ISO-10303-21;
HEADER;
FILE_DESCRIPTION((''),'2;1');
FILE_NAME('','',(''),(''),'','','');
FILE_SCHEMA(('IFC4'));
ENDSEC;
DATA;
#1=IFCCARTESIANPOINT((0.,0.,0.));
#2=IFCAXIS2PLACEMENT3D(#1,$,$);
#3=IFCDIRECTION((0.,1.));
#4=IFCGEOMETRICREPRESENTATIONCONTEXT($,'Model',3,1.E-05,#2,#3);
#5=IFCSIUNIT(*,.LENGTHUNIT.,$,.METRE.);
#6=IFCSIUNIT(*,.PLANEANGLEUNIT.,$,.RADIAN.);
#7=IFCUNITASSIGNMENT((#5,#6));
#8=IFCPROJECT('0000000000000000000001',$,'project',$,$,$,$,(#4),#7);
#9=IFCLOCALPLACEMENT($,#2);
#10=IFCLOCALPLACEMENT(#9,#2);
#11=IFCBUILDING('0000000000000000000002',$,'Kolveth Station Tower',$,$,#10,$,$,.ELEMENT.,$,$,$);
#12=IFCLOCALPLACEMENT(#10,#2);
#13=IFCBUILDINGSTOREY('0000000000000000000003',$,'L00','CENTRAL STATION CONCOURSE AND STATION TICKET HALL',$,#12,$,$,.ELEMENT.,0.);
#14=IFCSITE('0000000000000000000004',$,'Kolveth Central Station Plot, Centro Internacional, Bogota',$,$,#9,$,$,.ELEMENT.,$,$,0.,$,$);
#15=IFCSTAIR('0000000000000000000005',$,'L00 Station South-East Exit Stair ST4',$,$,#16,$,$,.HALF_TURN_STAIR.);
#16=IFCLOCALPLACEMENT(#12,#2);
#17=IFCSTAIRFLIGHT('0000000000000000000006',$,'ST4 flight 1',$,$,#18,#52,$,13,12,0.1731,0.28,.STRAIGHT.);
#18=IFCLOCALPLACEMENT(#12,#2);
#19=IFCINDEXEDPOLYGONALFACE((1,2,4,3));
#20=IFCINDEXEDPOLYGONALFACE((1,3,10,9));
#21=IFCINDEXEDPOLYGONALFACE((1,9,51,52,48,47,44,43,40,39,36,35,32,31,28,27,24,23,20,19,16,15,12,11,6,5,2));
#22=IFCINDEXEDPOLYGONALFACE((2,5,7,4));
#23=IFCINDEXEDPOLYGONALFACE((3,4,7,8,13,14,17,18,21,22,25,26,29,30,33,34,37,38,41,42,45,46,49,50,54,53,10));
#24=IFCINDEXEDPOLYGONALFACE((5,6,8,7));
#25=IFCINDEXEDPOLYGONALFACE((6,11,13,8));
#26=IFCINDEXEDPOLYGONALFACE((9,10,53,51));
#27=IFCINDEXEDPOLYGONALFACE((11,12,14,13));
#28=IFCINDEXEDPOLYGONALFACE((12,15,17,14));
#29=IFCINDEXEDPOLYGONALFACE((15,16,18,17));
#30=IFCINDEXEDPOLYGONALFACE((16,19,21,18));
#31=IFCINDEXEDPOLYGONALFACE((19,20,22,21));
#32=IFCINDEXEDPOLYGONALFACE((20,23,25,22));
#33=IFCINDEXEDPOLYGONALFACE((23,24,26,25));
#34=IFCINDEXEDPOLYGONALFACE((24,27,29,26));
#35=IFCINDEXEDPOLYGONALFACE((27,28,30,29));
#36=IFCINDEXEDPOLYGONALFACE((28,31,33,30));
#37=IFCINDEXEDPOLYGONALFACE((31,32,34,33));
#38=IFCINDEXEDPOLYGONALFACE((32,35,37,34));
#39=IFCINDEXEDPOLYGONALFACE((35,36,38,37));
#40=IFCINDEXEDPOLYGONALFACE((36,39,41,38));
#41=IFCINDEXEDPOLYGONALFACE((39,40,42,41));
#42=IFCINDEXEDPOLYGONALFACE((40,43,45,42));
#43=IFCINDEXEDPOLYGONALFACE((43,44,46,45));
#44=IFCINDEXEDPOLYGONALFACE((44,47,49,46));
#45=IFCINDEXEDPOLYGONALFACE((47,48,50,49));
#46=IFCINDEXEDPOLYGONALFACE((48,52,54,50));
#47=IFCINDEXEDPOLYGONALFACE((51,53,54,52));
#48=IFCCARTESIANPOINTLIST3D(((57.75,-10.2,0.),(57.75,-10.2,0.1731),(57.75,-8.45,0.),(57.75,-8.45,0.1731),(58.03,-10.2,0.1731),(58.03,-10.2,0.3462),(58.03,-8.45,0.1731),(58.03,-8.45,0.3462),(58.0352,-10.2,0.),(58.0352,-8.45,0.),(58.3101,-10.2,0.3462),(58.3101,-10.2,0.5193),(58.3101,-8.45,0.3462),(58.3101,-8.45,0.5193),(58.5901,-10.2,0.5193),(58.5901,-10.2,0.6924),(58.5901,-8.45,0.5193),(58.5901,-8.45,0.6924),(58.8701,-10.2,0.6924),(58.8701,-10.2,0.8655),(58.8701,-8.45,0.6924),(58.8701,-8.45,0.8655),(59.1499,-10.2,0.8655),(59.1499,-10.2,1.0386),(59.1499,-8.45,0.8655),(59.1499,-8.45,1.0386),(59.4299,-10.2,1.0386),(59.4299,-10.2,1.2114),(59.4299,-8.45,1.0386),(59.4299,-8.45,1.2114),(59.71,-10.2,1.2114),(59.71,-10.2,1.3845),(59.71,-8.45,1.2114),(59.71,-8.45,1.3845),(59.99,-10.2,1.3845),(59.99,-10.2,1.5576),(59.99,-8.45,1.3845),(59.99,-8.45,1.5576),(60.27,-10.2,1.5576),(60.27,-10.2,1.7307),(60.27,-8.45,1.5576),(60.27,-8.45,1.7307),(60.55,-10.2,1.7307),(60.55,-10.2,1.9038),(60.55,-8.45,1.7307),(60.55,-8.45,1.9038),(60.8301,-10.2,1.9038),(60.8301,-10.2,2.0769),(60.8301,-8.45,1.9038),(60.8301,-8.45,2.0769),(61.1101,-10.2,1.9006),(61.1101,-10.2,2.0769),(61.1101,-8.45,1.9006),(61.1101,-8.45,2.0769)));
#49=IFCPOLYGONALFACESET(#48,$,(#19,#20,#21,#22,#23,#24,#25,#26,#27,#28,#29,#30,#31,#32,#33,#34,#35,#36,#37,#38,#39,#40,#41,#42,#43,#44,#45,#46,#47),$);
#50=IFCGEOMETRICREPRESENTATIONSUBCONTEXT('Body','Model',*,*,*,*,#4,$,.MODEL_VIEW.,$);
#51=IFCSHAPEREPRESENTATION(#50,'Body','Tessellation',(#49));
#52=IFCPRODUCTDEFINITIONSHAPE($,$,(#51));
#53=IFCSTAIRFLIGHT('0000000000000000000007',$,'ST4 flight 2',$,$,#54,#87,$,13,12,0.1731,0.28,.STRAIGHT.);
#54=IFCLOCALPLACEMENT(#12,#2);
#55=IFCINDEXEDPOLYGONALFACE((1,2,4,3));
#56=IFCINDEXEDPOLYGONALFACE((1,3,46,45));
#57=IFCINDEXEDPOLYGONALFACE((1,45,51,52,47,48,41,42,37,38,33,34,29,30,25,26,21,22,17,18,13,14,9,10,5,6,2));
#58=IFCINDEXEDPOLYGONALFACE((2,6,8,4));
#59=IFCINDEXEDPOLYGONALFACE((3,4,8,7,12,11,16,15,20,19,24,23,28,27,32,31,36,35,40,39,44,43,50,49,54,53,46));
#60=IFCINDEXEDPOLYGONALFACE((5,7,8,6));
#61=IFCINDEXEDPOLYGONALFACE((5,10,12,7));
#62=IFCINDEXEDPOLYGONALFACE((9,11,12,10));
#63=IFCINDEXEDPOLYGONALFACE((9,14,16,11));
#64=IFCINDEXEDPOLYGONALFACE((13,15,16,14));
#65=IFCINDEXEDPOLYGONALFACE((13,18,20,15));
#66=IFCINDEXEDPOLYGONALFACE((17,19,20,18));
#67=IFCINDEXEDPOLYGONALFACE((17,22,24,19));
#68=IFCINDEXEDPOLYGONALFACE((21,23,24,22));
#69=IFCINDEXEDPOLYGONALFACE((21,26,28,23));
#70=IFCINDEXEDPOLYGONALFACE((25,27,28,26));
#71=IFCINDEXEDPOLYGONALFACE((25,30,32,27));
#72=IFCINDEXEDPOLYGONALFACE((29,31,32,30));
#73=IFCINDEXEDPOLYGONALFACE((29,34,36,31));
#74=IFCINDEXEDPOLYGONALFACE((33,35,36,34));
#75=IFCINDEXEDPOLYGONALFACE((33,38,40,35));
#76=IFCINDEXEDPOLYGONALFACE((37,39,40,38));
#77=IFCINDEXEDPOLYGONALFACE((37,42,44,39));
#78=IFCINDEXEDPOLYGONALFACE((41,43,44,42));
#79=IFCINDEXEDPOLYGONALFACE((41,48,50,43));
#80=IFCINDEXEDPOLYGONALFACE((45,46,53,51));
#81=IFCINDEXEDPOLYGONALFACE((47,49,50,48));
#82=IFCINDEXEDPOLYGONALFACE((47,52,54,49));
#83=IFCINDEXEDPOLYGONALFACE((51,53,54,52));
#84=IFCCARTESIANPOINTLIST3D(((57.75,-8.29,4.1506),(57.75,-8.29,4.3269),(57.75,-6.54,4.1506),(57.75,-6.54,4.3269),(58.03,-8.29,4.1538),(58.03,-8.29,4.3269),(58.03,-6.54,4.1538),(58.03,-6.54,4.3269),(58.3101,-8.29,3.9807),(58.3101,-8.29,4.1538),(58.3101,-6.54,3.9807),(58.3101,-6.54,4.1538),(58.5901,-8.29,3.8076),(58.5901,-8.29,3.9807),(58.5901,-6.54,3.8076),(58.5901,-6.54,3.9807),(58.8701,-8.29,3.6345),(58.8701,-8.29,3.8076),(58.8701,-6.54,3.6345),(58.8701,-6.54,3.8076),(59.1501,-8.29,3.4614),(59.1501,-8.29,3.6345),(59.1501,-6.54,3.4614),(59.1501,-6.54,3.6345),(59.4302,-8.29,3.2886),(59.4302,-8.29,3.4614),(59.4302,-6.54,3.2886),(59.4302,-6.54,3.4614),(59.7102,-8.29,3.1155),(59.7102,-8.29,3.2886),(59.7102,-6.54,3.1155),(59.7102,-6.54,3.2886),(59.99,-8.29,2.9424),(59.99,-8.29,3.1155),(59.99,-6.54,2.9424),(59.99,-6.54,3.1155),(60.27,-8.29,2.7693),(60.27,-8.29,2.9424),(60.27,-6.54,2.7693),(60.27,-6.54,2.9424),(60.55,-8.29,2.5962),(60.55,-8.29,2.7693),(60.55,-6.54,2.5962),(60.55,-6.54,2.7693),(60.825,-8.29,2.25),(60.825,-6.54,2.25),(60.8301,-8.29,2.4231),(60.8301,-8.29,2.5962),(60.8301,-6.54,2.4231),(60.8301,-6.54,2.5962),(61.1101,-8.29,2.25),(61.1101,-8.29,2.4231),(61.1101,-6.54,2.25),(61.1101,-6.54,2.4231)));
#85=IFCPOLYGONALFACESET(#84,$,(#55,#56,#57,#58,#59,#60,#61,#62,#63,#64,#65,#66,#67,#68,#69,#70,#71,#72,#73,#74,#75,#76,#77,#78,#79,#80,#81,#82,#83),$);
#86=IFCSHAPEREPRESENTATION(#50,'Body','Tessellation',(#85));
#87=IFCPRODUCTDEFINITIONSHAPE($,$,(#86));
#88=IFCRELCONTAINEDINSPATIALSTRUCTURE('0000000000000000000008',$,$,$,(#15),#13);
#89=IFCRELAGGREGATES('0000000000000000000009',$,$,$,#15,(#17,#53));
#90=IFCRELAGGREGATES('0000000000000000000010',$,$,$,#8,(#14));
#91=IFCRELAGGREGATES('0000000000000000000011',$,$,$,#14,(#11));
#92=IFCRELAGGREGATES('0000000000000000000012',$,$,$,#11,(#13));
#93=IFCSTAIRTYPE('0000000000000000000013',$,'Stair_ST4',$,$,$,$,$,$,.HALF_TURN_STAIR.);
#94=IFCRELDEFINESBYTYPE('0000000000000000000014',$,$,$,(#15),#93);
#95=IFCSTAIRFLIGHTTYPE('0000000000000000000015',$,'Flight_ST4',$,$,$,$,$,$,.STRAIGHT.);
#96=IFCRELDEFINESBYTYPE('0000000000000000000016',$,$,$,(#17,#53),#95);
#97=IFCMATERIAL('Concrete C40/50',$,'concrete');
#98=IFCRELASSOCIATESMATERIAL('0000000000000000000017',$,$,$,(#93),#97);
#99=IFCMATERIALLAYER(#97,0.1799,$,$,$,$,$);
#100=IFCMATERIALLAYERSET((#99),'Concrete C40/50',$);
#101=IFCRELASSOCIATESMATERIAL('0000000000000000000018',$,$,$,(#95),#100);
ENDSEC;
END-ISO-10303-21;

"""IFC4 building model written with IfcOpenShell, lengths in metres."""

from ifc_helpers import new_model, si_unit, direction, frame, origin, place, context, subcontext, project, spatial, polyline, outline, extrude, material, layer, layer_set, type_object, element, aggregate, save


model = new_model("IFC4")

# Units and contexts
model_context = context("Model", 3, precision=1e-05, world=origin(), true_north=direction((0.0, 1.0)))
body_context = subcontext(model_context, "Body", "Model", "MODEL_VIEW")
ifc_project = project(units=[si_unit("LENGTHUNIT", "METRE"), si_unit("PLANEANGLEUNIT", "RADIAN")], contexts=[model_context])

# Site, building, storey
site_placement = place(None, origin())
site = spatial("IfcSite", under=ifc_project, at=site_placement, Name="Kolveth Central Station Plot, Centro Internacional, Bogota", CompositionType="ELEMENT", RefElevation=0.0)
building_placement = place(site_placement, origin())
building = spatial("IfcBuilding", under=site, at=building_placement, Name="Kolveth Station Tower", CompositionType="ELEMENT")
storey_placement = place(building_placement, origin())
storey = spatial("IfcBuildingStorey", under=building, at=storey_placement, Name="L00", Description="CENTRAL STATION CONCOURSE AND STATION TICKET HALL", CompositionType="ELEMENT", Elevation=0.0)

# Shared definitions
ifc_material_1 = material(Name="Concrete C40/50", Category="concrete")

# Stair, stair flights
stair_type = type_object("IfcStairType", Name="Stair_ST4", PredefinedType="HALF_TURN_STAIR", material=ifc_material_1)
stair_placement = place(storey_placement, origin())
stair = element("IfcStair", 1, at=stair_placement, inside=storey, type_object=stair_type, Name="L00 Station South-East Exit Stair ST4", PredefinedType="HALF_TURN_STAIR")
ifc_layer_1 = layer(ifc_material_1, 0.1799)
ifc_layer_set_1 = layer_set([ifc_layer_1], Name="Concrete C40/50")
stair_flight_type = type_object("IfcStairFlightType", Name="Flight_ST4", PredefinedType="STRAIGHT", material=ifc_layer_set_1)
stair_flight_1_placement = place(storey_placement, frame((57.75, -9.325, 0.0), z_axis=(0.0, 0.0, 1.0), x_axis=(1.0, 0.0, 0.0)))
stair_flight_1 = element("IfcStairFlight", 2, at=stair_flight_1_placement, type_object=stair_flight_type, Name="ST4 flight 1", NumberOfRisers=13, NumberOfTreads=12, PredefinedType="STRAIGHT", RiserHeight=0.1731, TreadLength=0.28, context=body_context, shape_type="SweptSolid", body=[
    extrude(outline(polyline([(0.0, 0.0), (0.0, 0.1731), (0.28, 0.1731), (0.28, 0.3462), (0.5601, 0.3462), (0.5601, 0.5193), (0.8401, 0.5193), (0.8401, 0.6924), (1.1201, 0.6924), (1.1201, 0.8655), (1.3999, 0.8655), (1.3999, 1.0386), (1.6799, 1.0386), (1.6799, 1.2114), (1.96, 1.2114), (1.96, 1.3845), (2.24, 1.3845), (2.24, 1.5576), (2.52, 1.5576), (2.52, 1.7307), (2.8, 1.7307), (2.8, 1.9038), (3.0801, 1.9038), (3.0801, 2.0769), (3.3601, 2.0769), (3.3601, 2.25), (3.3601, 1.9006), (0.2852, 0.0), (0.0, 0.0)])), frame((0.0, 0.875, 0.0), z_axis=(0.0, -1.0, 0.0), x_axis=(1.0, 0.0, 0.0)), (0.0, 0.0, 1.0), 1.75),
])
stair_flight_2_placement = place(storey_placement, frame((61.1101, -7.415, 2.25), z_axis=(0.0, 0.0, 1.0), x_axis=(-1.0, 0.0, 0.0)))
stair_flight_2 = element("IfcStairFlight", 3, at=stair_flight_2_placement, type_object=stair_flight_type, Name="ST4 flight 2", NumberOfRisers=13, NumberOfTreads=12, PredefinedType="STRAIGHT", RiserHeight=0.1731, TreadLength=0.28, context=body_context, shape_type="SweptSolid", body=[
    extrude(outline(polyline([(0.0, 0.0), (0.0, 0.1731), (0.28, 0.1731), (0.28, 0.3462), (0.5601, 0.3462), (0.5601, 0.5193), (0.8401, 0.5193), (0.8401, 0.6924), (1.1201, 0.6924), (1.1201, 0.8655), (1.3999, 0.8655), (1.3999, 1.0386), (1.6799, 1.0386), (1.6799, 1.2114), (1.96, 1.2114), (1.96, 1.3845), (2.24, 1.3845), (2.24, 1.5576), (2.52, 1.5576), (2.52, 1.7307), (2.8, 1.7307), (2.8, 1.9038), (3.0801, 1.9038), (3.0801, 2.0769), (3.3601, 2.0769), (3.3601, 2.25), (3.3601, 1.9006), (0.2852, 0.0), (0.0, 0.0)])), frame((0.0, 0.875, 0.0), z_axis=(0.0, -1.0, 0.0), x_axis=(1.0, 0.0, 0.0)), (0.0, 0.0, 1.0), 1.75),
])
aggregate(stair, [stair_flight_1, stair_flight_2])

save(model, "model.ifc")
